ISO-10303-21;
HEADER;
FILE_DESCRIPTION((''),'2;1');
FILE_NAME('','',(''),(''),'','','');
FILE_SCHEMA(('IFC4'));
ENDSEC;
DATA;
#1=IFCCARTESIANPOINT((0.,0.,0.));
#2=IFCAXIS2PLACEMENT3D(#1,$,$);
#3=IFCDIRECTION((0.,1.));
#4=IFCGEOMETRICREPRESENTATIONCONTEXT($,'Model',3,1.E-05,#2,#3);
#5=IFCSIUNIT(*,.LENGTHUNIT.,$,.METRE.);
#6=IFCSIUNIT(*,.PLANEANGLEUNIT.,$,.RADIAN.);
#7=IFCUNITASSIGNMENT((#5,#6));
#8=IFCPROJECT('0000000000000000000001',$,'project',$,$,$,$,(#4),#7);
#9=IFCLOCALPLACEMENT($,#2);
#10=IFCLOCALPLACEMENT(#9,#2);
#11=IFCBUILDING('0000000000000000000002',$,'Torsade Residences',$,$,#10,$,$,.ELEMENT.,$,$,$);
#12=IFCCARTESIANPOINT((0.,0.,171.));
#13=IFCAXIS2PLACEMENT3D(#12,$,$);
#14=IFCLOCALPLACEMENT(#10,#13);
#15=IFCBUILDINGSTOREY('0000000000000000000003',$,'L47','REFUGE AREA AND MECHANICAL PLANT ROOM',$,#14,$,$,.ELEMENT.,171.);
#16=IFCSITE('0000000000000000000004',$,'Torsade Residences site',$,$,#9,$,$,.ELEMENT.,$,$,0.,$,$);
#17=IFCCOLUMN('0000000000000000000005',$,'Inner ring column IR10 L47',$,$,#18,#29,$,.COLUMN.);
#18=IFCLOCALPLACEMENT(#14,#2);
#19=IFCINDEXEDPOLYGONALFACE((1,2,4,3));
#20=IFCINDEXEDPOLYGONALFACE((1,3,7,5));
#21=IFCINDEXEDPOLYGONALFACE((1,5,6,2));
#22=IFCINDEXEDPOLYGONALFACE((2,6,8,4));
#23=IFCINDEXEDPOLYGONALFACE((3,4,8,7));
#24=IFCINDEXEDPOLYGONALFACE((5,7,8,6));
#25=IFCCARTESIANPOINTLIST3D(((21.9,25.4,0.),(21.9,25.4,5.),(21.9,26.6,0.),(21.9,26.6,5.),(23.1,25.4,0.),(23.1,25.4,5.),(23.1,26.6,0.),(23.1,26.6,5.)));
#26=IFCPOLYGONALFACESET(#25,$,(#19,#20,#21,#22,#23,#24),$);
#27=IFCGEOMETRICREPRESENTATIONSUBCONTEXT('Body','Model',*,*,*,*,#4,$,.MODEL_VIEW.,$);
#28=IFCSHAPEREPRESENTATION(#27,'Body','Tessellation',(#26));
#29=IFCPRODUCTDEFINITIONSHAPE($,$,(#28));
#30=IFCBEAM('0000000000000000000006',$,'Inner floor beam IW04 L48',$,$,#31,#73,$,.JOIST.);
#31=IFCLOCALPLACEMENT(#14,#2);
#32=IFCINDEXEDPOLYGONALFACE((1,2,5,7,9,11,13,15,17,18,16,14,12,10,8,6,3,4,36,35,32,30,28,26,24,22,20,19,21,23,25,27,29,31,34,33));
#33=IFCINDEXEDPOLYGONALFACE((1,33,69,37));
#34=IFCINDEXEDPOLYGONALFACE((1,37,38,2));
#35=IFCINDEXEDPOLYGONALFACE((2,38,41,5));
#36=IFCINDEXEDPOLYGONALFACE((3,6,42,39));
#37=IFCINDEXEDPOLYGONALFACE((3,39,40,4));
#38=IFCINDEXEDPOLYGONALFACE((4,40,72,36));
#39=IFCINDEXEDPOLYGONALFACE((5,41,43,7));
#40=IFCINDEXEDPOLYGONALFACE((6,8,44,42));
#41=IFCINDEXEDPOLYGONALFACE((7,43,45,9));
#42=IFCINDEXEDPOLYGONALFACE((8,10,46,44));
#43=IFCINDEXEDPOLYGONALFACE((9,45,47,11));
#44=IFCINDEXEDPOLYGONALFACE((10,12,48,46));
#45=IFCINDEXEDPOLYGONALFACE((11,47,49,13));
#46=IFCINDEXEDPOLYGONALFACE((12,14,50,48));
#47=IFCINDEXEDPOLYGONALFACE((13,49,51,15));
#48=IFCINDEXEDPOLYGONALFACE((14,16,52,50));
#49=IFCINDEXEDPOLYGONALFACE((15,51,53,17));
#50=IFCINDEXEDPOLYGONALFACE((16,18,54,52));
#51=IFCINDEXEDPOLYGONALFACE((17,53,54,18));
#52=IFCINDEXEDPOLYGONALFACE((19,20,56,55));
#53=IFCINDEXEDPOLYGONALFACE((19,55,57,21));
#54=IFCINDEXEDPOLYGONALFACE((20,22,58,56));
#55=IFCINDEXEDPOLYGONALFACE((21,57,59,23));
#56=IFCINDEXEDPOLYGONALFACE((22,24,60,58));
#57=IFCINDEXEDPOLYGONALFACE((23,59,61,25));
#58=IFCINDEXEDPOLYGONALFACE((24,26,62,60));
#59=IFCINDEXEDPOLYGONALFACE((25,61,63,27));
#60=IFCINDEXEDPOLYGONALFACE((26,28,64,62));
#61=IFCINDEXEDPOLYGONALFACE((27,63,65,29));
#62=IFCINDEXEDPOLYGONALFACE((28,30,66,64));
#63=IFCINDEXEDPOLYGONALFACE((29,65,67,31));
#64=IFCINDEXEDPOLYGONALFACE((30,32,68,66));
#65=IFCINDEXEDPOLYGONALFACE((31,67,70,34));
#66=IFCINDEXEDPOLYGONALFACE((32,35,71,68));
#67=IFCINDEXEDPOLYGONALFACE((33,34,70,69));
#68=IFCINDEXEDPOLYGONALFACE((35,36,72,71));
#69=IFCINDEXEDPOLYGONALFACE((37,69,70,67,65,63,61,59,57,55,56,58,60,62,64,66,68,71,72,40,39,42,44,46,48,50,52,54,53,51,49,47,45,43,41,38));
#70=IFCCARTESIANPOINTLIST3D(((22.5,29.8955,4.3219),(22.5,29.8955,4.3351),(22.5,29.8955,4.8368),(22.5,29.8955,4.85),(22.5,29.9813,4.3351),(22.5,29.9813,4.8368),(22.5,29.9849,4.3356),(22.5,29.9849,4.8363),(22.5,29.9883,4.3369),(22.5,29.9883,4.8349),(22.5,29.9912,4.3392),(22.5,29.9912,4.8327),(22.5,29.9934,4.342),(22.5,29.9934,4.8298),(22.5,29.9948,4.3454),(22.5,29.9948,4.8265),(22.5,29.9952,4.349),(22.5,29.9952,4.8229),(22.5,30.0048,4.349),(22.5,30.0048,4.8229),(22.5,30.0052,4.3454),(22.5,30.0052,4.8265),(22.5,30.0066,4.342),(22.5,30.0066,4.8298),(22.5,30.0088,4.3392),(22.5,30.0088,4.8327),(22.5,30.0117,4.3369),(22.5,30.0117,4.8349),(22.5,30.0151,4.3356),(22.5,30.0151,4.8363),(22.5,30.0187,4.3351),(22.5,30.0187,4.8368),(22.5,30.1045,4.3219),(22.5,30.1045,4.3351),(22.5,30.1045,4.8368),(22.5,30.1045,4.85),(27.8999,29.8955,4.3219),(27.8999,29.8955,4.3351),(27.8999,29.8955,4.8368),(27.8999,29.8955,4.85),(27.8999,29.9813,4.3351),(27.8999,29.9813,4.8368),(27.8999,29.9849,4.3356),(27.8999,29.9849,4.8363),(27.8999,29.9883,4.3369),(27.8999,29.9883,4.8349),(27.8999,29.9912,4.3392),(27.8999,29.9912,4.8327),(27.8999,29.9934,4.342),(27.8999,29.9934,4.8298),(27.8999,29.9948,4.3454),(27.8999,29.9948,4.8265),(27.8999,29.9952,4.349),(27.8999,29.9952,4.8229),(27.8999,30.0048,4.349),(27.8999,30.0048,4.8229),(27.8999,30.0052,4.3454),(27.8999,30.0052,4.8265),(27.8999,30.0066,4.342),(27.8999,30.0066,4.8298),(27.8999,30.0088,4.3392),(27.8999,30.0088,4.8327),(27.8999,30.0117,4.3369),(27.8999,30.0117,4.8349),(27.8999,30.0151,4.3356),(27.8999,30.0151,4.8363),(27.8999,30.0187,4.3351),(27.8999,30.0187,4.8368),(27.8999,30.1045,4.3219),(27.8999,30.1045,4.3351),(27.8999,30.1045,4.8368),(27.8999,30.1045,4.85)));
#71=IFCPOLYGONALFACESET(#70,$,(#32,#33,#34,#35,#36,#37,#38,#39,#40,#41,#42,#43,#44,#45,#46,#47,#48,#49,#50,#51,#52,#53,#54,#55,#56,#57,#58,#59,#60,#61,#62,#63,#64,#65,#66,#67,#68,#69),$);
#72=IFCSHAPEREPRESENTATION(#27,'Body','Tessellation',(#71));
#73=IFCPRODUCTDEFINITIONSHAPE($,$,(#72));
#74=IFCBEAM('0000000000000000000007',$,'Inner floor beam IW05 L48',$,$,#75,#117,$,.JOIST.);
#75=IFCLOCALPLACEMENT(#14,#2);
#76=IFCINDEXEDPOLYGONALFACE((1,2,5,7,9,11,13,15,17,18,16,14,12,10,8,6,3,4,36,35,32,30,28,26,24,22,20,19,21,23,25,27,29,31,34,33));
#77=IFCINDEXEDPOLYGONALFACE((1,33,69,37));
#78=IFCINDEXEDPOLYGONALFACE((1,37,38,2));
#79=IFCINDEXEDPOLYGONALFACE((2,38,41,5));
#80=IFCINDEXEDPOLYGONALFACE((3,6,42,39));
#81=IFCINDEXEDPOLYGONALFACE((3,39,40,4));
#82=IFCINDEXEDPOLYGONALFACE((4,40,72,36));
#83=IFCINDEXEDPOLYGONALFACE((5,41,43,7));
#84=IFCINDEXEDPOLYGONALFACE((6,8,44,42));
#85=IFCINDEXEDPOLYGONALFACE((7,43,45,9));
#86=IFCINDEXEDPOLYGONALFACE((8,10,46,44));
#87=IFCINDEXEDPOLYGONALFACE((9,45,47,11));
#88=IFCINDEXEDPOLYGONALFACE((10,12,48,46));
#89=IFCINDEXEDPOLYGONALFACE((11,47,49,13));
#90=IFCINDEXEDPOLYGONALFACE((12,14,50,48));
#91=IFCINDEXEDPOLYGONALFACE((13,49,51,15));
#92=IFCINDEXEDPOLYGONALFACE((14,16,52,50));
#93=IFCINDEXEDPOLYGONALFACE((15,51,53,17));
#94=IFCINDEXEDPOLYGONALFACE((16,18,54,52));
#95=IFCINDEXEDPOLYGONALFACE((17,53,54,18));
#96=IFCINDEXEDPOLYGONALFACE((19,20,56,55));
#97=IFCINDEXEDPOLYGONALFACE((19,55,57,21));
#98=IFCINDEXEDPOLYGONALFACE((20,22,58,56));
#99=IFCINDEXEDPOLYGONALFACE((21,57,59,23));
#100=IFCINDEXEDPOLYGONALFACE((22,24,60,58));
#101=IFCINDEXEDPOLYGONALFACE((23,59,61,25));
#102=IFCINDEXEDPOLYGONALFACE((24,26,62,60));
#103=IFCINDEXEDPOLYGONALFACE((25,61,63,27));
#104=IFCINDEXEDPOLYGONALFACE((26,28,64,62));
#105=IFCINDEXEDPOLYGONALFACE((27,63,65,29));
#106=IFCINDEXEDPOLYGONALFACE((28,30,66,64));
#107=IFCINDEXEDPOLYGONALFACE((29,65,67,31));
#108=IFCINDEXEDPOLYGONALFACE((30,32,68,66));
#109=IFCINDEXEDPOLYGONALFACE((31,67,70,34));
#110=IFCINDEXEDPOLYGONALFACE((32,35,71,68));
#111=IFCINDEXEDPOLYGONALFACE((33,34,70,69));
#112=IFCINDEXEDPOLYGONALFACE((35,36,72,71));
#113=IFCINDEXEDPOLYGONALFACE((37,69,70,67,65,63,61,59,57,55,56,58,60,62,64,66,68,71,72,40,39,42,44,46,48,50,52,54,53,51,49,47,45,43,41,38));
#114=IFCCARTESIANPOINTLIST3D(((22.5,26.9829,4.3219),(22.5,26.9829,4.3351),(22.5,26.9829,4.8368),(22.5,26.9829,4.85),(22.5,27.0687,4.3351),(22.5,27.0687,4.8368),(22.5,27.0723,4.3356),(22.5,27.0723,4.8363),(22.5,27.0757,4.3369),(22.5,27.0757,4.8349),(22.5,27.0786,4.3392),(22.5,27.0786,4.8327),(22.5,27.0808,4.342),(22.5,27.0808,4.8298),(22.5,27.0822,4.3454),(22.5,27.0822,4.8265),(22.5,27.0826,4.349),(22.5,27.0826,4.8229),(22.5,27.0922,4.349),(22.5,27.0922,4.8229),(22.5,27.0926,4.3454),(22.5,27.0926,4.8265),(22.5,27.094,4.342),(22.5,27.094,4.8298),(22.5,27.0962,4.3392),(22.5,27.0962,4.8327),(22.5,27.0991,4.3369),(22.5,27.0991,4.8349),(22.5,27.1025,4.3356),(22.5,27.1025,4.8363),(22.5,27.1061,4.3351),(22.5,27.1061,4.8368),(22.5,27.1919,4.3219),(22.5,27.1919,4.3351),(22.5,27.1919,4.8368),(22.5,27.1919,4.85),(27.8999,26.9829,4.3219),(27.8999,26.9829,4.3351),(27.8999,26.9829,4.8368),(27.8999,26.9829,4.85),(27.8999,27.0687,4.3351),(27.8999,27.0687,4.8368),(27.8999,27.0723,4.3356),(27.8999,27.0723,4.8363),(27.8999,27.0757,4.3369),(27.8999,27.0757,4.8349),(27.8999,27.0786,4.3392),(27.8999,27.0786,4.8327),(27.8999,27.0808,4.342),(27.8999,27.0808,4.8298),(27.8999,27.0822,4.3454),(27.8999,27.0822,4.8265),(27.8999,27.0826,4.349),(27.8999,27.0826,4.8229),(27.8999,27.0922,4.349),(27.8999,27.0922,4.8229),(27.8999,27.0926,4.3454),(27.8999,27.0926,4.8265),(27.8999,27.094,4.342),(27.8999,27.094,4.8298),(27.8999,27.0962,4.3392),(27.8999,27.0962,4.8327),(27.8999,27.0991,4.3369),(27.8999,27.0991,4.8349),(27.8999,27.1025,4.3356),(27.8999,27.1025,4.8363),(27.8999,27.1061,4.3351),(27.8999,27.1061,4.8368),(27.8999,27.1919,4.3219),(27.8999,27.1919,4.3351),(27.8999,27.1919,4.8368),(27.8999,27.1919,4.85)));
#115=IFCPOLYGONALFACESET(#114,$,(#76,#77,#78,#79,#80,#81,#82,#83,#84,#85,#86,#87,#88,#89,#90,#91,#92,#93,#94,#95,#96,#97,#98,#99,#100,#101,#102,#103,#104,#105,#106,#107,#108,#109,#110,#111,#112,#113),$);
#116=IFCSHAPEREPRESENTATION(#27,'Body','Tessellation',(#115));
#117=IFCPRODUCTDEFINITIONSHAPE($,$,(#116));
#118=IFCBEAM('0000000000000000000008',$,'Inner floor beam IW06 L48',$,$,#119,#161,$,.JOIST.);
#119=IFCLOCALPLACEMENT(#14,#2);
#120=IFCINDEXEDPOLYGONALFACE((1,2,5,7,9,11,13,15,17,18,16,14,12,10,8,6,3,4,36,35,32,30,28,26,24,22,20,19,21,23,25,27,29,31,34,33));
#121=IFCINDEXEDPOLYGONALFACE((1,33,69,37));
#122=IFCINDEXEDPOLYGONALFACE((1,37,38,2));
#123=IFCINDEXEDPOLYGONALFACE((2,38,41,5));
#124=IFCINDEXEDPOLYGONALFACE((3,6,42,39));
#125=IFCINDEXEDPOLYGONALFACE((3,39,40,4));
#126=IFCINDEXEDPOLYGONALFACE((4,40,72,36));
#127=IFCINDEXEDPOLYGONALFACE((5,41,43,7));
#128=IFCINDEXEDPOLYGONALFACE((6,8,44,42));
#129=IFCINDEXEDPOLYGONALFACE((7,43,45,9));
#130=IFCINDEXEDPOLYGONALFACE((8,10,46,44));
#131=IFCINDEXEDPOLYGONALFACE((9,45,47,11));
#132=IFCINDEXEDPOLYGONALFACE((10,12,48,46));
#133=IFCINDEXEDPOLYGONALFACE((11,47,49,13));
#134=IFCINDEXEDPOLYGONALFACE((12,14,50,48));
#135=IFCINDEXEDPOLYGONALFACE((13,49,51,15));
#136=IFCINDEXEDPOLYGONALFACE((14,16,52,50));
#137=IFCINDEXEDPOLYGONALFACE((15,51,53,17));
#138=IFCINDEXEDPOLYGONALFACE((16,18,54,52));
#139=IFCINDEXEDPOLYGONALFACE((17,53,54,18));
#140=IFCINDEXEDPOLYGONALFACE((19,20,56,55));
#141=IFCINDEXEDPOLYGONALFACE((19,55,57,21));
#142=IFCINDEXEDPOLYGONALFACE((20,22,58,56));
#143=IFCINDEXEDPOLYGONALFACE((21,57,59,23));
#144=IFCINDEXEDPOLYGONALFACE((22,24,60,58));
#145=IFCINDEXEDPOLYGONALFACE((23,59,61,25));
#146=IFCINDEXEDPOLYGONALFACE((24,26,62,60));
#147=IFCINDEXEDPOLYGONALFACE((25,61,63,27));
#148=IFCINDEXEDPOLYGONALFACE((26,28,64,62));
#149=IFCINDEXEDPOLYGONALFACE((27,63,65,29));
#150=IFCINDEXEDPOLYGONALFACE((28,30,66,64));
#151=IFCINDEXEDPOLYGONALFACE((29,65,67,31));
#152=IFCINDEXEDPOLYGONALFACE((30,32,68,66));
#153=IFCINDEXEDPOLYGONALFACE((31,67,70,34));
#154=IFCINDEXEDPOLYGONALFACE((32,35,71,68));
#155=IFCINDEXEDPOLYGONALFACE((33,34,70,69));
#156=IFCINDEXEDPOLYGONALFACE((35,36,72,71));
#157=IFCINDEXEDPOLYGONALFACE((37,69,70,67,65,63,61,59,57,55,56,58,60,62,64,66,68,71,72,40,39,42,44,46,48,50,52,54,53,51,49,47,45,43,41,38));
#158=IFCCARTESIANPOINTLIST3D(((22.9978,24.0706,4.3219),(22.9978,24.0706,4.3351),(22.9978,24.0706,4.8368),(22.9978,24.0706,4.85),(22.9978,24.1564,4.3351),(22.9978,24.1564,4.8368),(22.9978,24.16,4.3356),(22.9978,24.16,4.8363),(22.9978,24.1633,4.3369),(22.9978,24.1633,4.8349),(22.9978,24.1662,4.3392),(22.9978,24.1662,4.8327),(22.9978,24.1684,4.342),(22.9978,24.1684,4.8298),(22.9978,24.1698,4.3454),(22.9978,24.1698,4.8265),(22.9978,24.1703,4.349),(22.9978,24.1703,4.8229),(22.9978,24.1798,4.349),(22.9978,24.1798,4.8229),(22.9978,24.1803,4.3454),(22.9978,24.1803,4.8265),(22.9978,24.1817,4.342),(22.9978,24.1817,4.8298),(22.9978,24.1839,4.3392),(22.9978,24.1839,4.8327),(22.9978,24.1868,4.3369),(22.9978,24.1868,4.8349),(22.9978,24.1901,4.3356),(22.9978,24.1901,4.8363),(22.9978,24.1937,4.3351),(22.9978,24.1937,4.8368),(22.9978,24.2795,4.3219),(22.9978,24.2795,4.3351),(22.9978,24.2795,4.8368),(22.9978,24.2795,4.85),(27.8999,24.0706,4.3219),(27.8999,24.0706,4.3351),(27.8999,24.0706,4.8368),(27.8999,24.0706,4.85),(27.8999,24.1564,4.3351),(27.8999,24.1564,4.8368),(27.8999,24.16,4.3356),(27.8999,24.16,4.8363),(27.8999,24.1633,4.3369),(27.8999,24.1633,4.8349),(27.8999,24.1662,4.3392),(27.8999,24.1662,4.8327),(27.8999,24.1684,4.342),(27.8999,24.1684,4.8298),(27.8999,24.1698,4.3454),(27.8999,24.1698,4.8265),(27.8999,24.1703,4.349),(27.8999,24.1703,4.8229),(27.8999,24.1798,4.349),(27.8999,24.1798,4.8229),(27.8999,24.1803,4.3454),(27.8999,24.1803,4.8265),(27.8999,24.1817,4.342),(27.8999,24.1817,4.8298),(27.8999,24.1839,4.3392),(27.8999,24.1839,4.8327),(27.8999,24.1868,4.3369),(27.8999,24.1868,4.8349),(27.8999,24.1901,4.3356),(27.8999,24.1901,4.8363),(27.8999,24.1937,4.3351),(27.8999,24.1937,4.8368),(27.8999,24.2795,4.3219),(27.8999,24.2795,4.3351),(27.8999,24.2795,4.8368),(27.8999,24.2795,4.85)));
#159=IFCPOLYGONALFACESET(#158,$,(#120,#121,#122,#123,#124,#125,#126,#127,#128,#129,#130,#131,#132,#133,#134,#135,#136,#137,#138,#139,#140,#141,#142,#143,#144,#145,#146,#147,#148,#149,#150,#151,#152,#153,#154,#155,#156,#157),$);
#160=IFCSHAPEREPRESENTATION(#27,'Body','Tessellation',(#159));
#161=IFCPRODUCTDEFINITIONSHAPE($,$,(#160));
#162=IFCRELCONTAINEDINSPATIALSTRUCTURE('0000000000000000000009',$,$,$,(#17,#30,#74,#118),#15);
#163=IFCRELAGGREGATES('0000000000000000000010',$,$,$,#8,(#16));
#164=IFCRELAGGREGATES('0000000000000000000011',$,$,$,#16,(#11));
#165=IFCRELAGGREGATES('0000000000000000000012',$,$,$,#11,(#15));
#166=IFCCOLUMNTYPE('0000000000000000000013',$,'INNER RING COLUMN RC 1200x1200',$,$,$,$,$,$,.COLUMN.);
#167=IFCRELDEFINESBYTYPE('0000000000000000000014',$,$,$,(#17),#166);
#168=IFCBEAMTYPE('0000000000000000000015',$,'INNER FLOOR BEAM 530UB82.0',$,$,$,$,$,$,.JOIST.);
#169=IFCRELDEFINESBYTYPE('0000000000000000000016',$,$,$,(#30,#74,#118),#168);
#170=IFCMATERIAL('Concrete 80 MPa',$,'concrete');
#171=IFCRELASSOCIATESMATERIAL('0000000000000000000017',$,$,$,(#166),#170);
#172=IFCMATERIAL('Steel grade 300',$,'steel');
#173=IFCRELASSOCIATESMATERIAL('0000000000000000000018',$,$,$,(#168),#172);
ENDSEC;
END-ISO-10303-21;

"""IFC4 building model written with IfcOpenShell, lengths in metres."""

from ifc_helpers import new_model, si_unit, direction, frame, origin, origin_2d, place, context, subcontext, project, spatial, rectangle, i_section, extrude, material, material_profile, profile_set, type_object, element, save


model = new_model("IFC4")

# Units and contexts
model_context = context("Model", 3, precision=1e-05, world=origin(), true_north=direction((0.0, 1.0)))
body_context = subcontext(model_context, "Body", "Model", "MODEL_VIEW")
ifc_project = project(units=[si_unit("LENGTHUNIT", "METRE"), si_unit("PLANEANGLEUNIT", "RADIAN")], contexts=[model_context])

# Site, building, storey
site_placement = place(None, origin())
site = spatial("IfcSite", under=ifc_project, at=site_placement, Name="Torsade Residences site", CompositionType="ELEMENT", RefElevation=0.0)
building_placement = place(site_placement, origin())
building = spatial("IfcBuilding", under=site, at=building_placement, Name="Torsade Residences", CompositionType="ELEMENT")
storey_placement = place(building_placement, frame((0.0, 0.0, 171.0)))
storey = spatial("IfcBuildingStorey", under=building, at=storey_placement, Name="L47", Description="REFUGE AREA AND MECHANICAL PLANT ROOM", CompositionType="ELEMENT", Elevation=171.0)

# Column
ifc_material_1 = material(Name="Concrete 80 MPa", Category="concrete")
ifc_material_profile_1 = material_profile(ifc_material_1, rectangle(XDim=1.2, YDim=1.2, at=origin_2d()), Name="RC 1200x1200")
ifc_profile_set_1 = profile_set([ifc_material_profile_1], Name="Concrete 80 MPa")
column_type = type_object("IfcColumnType", Name="INNER RING COLUMN RC 1200x1200", PredefinedType="COLUMN", material=ifc_profile_set_1)
column_placement = place(storey_placement, frame((22.5, 26.0, 0.0), z_axis=(0.0, 0.0, 1.0), x_axis=(1.0, 0.0, 0.0)))
element("IfcColumn", 1, at=column_placement, inside=storey, type_object=column_type, Name="Inner ring column IR10 L47", PredefinedType="COLUMN", context=body_context, shape_type="SweptSolid", body=[
    extrude(rectangle(XDim=1.2, YDim=1.2, at=origin_2d()), origin(), (0.0, 0.0, 1.0), 5.0),
])

# Beams
ifc_material_2 = material(Name="Steel grade 300", Category="steel")
ifc_material_profile_2 = material_profile(ifc_material_2, i_section(OverallWidth=0.209, OverallDepth=0.5281, WebThickness=0.0095, FlangeThickness=0.0132, FilletRadius=0.0139, at=origin_2d()), Name="530UB82.0")
ifc_profile_set_2 = profile_set([ifc_material_profile_2], Name="Steel grade 300")
beam_type_1 = type_object("IfcBeamType", Name="INNER FLOOR BEAM 530UB82.0", PredefinedType="JOIST", material=ifc_profile_set_2)
for number, where, z_axis, x_axis, name in (
    (2, (27.8999, 30.0, 4.5859), (-1.0, 0.0, 0.0), (0.0, -1.0, 0.0), "Inner floor beam IW04 L48"),
    (3, (27.8999, 27.0874, 4.5859), (-1.0, 0.0, 0.0), (0.0, -1.0, 0.0), "Inner floor beam IW05 L48"),
):
    element("IfcBeam", number, at=place(storey_placement, frame(where, z_axis=z_axis, x_axis=x_axis)), inside=storey, type_object=beam_type_1, Name=name, PredefinedType="JOIST", context=body_context, shape_type="SweptSolid", body=[
        extrude(i_section(OverallWidth=0.209, OverallDepth=0.5281, WebThickness=0.0095, FlangeThickness=0.0132, FilletRadius=0.0139, at=origin_2d()), origin(), (0.0, 0.0, 1.0), 5.3999),
    ])
beam_1_placement = place(storey_placement, frame((27.8999, 24.175, 4.5859), z_axis=(-1.0, 0.0, 0.0), x_axis=(0.0, -1.0, 0.0)))
element("IfcBeam", 4, at=beam_1_placement, inside=storey, type_object=beam_type_1, Name="Inner floor beam IW06 L48", PredefinedType="JOIST", context=body_context, shape_type="SweptSolid", body=[
    extrude(i_section(OverallWidth=0.209, OverallDepth=0.5281, WebThickness=0.0095, FlangeThickness=0.0132, FilletRadius=0.0139, at=origin_2d()), origin(), (0.0, 0.0, 1.0), 4.9021),
])

save(model, "model.ifc")
